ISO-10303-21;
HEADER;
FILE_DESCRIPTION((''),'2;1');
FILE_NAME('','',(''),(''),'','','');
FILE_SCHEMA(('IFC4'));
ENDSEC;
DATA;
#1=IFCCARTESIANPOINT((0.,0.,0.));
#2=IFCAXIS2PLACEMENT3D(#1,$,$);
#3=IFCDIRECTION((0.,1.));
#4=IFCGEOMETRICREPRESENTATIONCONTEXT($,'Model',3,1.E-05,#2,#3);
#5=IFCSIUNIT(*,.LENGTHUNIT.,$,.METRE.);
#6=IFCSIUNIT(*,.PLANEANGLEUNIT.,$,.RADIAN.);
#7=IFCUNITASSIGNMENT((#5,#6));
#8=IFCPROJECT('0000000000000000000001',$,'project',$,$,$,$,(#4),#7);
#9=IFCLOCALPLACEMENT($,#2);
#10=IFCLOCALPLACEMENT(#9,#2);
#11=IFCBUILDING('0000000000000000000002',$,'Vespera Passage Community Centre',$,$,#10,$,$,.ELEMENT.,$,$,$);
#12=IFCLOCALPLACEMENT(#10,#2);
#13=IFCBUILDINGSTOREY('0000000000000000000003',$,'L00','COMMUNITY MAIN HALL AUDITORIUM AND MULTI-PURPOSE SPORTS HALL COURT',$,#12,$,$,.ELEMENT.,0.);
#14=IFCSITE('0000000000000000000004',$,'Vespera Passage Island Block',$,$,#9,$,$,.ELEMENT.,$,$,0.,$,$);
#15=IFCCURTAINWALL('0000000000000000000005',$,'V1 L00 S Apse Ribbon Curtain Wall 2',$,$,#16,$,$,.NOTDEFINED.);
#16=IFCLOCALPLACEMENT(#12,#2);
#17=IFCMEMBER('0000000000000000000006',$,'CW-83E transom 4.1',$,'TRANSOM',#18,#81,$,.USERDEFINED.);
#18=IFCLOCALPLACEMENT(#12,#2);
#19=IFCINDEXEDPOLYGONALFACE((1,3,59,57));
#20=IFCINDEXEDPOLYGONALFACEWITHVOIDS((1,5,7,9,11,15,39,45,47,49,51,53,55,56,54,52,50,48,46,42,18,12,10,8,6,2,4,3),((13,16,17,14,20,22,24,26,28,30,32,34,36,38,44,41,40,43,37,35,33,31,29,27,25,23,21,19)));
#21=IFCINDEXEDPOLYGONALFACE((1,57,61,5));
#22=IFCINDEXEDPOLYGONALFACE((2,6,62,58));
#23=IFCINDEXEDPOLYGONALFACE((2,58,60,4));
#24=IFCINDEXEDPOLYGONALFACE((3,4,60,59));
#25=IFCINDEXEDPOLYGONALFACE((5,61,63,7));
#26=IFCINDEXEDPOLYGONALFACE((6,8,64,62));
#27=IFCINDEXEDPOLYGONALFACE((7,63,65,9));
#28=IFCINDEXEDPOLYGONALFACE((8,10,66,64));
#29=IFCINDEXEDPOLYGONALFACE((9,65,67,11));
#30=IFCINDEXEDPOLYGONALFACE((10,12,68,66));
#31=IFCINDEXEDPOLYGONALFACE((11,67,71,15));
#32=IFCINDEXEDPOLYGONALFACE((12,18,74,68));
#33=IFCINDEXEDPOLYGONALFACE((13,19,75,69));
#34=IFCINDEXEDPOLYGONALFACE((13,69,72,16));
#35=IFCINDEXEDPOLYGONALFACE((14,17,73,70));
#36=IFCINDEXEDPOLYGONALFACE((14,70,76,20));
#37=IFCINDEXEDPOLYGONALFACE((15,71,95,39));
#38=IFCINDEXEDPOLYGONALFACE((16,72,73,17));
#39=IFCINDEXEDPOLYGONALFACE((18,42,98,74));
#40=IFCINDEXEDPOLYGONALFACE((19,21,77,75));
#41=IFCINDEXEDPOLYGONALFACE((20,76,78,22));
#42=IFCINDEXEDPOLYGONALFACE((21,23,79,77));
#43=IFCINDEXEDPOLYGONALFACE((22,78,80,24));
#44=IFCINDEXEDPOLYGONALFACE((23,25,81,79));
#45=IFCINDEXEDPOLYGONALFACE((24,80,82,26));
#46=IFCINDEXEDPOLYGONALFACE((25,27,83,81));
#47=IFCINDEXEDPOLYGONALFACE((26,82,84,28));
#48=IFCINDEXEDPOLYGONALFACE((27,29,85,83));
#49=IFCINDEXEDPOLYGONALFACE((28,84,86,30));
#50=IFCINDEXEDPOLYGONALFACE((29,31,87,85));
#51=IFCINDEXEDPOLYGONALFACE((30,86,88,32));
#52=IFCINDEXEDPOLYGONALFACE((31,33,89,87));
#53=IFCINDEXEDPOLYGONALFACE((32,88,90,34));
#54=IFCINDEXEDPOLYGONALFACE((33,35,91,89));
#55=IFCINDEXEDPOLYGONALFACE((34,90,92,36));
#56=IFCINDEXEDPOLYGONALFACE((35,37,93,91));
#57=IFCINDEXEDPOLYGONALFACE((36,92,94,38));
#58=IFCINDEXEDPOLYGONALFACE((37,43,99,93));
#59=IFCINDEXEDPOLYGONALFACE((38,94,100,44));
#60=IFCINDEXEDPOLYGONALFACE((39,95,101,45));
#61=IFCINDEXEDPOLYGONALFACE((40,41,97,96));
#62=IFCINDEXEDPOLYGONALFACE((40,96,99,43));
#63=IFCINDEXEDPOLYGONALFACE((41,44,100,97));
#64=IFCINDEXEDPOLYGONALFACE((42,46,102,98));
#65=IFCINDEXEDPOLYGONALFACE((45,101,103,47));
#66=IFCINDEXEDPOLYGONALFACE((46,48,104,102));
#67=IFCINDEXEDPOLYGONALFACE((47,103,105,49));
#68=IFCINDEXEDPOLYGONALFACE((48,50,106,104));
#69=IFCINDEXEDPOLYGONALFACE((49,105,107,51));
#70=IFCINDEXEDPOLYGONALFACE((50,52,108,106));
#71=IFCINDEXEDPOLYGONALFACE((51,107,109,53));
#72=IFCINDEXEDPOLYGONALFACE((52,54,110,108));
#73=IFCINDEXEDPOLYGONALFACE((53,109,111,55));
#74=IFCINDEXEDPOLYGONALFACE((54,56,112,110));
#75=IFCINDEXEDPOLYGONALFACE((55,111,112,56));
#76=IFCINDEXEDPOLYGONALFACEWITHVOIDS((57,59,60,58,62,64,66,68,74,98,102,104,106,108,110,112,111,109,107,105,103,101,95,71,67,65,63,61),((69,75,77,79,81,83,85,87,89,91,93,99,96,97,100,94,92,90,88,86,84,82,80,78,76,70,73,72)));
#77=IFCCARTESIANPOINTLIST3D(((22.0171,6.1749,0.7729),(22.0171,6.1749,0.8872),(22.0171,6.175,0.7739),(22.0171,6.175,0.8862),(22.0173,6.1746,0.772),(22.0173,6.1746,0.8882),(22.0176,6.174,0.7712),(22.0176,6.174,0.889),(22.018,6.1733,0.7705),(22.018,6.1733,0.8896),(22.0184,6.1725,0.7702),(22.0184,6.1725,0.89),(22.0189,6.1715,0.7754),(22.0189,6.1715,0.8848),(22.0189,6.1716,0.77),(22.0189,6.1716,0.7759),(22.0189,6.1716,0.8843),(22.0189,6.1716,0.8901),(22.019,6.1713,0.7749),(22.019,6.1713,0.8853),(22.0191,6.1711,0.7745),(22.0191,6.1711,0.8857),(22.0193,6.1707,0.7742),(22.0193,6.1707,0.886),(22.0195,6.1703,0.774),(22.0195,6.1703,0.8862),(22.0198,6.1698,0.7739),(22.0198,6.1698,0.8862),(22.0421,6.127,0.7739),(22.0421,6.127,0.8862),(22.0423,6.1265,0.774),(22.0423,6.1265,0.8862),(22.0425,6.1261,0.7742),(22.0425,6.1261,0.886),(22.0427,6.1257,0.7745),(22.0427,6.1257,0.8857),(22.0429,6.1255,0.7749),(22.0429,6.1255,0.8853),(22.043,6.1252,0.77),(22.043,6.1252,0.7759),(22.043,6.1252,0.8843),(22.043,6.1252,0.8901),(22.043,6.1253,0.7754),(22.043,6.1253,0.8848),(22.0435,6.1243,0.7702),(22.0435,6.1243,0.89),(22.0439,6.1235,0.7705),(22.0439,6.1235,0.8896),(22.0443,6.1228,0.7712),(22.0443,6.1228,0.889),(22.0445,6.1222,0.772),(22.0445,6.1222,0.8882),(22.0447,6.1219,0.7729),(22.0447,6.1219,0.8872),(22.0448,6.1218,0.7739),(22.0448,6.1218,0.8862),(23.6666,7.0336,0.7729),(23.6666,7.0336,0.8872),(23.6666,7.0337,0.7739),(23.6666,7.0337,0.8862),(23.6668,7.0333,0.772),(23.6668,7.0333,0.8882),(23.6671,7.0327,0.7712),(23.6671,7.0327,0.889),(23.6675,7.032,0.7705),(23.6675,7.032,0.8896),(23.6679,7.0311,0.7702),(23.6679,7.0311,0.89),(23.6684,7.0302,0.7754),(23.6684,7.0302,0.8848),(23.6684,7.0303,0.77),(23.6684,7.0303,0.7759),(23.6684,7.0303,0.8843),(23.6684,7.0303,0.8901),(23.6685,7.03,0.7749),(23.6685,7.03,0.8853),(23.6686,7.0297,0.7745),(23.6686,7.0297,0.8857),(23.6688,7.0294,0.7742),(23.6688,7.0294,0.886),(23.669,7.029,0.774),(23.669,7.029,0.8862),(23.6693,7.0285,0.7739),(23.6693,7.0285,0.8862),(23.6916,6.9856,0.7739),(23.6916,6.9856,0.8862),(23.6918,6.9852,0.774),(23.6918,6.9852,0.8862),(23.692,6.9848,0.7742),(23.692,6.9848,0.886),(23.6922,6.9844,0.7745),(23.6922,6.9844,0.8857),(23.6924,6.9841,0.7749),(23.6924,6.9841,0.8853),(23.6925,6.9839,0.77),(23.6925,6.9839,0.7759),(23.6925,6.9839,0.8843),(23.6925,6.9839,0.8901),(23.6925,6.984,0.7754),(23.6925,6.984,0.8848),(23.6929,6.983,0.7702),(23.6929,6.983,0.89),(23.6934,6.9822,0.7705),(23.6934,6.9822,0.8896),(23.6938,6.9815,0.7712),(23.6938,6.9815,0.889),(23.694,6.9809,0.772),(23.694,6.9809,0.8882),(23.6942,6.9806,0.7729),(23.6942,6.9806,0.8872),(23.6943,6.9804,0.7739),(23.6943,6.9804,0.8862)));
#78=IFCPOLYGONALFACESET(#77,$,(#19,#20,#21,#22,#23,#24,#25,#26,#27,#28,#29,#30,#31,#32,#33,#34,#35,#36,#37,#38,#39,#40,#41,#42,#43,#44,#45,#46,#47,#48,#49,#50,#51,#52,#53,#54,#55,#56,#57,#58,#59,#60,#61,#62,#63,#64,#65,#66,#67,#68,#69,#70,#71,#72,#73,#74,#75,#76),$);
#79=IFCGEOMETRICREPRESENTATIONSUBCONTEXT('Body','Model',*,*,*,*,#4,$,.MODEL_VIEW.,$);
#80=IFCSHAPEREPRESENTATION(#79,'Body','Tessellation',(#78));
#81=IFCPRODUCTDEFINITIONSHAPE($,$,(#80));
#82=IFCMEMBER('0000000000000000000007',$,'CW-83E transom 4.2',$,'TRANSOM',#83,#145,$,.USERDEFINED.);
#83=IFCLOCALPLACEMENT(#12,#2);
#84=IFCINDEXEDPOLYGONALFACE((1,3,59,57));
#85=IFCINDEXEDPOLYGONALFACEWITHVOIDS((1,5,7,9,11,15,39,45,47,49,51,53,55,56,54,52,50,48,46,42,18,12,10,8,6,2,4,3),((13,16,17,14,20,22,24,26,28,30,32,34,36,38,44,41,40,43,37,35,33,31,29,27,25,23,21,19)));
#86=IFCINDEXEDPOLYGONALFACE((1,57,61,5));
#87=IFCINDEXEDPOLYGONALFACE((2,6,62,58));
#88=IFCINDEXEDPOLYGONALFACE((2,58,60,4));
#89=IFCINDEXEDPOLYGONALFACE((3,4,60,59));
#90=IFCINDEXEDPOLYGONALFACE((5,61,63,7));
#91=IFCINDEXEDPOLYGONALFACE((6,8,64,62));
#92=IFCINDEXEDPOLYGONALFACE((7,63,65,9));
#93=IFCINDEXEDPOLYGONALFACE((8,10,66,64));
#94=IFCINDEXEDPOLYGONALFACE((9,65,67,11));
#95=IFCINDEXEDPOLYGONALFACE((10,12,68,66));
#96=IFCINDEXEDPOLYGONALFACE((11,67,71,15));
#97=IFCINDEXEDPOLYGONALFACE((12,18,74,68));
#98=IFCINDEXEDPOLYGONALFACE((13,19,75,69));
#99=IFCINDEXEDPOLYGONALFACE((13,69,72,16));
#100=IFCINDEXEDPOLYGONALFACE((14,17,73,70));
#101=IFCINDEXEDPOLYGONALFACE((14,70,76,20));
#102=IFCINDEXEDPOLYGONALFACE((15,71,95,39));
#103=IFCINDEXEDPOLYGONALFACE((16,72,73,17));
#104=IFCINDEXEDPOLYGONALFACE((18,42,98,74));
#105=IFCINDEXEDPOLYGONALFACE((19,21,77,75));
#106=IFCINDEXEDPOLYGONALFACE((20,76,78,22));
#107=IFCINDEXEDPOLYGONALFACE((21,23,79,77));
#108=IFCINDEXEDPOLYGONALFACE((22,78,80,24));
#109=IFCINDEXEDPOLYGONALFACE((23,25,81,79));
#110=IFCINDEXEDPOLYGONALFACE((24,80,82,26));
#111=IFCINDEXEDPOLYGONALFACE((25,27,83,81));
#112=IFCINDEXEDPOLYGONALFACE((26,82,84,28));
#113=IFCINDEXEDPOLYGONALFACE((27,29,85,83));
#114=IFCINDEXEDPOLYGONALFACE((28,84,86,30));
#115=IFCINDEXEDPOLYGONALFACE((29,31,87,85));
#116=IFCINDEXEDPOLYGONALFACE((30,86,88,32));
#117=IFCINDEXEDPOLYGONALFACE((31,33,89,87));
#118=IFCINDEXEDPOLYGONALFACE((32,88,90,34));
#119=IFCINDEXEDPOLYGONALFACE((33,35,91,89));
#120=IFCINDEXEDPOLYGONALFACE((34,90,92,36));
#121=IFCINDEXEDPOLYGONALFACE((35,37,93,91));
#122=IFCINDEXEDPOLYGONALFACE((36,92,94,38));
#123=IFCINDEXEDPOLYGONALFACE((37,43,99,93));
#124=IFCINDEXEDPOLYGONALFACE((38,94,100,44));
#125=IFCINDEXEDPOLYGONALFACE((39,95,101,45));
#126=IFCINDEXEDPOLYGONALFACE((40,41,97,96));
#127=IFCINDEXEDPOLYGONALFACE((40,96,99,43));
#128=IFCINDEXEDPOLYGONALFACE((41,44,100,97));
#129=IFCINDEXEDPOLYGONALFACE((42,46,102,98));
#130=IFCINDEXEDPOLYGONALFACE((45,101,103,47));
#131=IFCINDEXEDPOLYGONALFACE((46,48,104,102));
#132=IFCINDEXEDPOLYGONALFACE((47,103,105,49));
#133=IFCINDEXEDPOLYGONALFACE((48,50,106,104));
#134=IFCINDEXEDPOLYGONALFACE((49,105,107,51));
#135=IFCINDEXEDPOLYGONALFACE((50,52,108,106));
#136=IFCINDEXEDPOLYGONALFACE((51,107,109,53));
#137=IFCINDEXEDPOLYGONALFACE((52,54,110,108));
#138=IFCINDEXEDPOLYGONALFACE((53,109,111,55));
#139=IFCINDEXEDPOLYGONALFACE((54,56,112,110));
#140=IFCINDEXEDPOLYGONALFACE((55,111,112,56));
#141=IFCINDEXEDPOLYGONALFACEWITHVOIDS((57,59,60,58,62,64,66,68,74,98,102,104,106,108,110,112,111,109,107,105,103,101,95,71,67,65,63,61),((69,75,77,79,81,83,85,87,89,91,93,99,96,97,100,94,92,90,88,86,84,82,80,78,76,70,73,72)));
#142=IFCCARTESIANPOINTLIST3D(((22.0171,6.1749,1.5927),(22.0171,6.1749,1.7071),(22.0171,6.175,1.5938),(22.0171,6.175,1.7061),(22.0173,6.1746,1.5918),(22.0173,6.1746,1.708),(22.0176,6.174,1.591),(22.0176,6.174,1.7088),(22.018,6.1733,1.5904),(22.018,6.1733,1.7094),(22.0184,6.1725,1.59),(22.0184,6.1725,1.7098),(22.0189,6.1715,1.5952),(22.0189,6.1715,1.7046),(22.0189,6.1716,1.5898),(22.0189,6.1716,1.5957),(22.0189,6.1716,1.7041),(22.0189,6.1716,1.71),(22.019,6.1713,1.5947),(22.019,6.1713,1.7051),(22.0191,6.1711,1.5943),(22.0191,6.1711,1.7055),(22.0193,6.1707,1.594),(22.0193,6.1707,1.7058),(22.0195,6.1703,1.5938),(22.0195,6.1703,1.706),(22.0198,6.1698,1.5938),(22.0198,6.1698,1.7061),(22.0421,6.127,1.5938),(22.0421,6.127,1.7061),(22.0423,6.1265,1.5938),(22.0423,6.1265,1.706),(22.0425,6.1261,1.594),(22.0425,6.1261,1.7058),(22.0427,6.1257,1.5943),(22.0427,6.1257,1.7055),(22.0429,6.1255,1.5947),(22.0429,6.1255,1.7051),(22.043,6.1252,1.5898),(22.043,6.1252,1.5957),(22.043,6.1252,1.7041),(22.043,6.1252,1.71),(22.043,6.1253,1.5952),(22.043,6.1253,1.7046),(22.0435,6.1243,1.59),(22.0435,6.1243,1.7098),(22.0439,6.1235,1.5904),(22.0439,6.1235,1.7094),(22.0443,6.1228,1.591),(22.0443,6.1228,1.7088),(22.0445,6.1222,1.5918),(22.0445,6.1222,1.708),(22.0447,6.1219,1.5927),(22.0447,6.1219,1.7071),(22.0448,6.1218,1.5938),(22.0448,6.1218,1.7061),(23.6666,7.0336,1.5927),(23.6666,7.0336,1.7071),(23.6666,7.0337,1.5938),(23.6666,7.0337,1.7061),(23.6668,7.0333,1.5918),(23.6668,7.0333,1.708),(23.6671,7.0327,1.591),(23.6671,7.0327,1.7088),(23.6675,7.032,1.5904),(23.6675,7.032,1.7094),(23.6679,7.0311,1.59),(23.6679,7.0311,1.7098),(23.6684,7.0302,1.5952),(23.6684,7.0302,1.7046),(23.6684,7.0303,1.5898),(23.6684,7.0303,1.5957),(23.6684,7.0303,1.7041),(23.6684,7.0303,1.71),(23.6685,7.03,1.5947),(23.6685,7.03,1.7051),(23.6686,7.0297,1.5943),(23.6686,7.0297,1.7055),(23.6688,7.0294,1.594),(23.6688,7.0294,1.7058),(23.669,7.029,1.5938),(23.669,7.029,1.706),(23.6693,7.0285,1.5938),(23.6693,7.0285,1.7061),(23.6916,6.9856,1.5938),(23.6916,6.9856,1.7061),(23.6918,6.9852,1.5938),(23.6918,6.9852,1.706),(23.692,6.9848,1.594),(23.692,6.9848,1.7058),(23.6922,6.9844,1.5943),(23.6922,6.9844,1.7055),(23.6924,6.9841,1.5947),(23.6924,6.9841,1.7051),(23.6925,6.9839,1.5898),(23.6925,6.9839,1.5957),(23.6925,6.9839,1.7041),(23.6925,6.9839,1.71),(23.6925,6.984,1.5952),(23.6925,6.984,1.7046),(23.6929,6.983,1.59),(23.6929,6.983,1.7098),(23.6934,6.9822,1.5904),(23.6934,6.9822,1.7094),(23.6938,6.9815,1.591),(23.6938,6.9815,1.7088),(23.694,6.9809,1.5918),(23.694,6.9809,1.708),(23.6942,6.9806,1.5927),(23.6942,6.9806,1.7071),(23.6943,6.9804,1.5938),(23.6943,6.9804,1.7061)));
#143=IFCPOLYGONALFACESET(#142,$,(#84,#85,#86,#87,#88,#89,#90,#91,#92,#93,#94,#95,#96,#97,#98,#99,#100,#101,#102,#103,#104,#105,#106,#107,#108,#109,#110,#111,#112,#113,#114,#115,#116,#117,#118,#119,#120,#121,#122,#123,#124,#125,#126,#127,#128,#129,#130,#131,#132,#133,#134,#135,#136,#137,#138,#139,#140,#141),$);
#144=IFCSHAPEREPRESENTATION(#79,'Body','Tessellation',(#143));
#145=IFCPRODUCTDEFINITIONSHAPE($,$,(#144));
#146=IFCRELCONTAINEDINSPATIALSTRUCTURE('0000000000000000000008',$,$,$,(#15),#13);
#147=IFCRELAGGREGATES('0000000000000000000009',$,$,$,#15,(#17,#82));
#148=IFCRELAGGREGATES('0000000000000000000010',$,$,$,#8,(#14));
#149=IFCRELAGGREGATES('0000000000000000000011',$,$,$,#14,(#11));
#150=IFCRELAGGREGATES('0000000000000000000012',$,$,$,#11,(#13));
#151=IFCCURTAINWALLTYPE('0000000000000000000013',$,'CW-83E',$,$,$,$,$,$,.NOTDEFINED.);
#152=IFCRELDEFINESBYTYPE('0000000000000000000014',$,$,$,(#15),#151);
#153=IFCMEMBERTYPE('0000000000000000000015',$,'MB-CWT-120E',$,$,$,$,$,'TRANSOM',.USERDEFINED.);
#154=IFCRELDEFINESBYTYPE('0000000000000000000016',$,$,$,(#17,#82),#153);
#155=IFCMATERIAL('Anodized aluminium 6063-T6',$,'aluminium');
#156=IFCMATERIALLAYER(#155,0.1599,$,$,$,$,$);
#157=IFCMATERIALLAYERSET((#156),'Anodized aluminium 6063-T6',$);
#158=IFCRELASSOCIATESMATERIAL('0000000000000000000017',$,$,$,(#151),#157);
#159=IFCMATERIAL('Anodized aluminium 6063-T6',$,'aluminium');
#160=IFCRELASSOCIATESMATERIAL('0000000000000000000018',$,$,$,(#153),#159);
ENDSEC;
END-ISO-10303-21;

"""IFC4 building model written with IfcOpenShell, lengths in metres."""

from ifc_helpers import new_model, si_unit, direction, frame, origin, origin_2d, place, context, subcontext, project, spatial, hollow_rectangle, extrude, material, layer, layer_set, material_profile, profile_set, type_object, element, aggregate, save


model = new_model("IFC4")

# Units and contexts
model_context = context("Model", 3, precision=1e-05, world=origin(), true_north=direction((0.0, 1.0)))
body_context = subcontext(model_context, "Body", "Model", "MODEL_VIEW")
ifc_project = project(units=[si_unit("LENGTHUNIT", "METRE"), si_unit("PLANEANGLEUNIT", "RADIAN")], contexts=[model_context])

# Site, building, storey
site_placement = place(None, origin())
site = spatial("IfcSite", under=ifc_project, at=site_placement, Name="Vespera Passage Island Block", CompositionType="ELEMENT", RefElevation=0.0)
building_placement = place(site_placement, origin())
building = spatial("IfcBuilding", under=site, at=building_placement, Name="Vespera Passage Community Centre", CompositionType="ELEMENT")
storey_placement = place(building_placement, origin())
storey = spatial("IfcBuildingStorey", under=building, at=storey_placement, Name="L00", Description="COMMUNITY MAIN HALL AUDITORIUM AND MULTI-PURPOSE SPORTS HALL COURT", CompositionType="ELEMENT", Elevation=0.0)

# Curtain wall, members
ifc_material_1 = material(Name="Anodized aluminium 6063-T6", Category="aluminium")
ifc_layer_1 = layer(ifc_material_1, 0.1599)
ifc_layer_set_1 = layer_set([ifc_layer_1], Name="Anodized aluminium 6063-T6")
curtain_wall_type = type_object("IfcCurtainWallType", Name="CW-83E", PredefinedType="NOTDEFINED", material=ifc_layer_set_1)
curtain_wall_placement = place(storey_placement, origin())
curtain_wall = element("IfcCurtainWall", 1, at=curtain_wall_placement, inside=storey, type_object=curtain_wall_type, Name="V1 L00 S Apse Ribbon Curtain Wall 2", PredefinedType="NOTDEFINED")
ifc_material_2 = material(Name="Anodized aluminium 6063-T6", Category="aluminium")
ifc_material_profile_1 = material_profile(ifc_material_2, hollow_rectangle(XDim=0.0601, YDim=0.1201, WallThickness=0.0039, InnerFilletRadius=0.002, OuterFilletRadius=0.0039, at=origin_2d()), Name="ALU120X60X4")
ifc_profile_set_1 = profile_set([ifc_material_profile_1], Name="Anodized aluminium 6063-T6")
member_type_1 = type_object("IfcMemberType", Name="MB-CWT-120E", ElementType="TRANSOM", PredefinedType="USERDEFINED", material=ifc_profile_set_1)
member_1_placement = place(storey_placement, frame((23.6804, 7.0071, 0.8301), z_axis=(-0.887008, -0.461754, 0.0), x_axis=(0.461754, -0.887008, 0.0)))
member_1 = element("IfcMember", 2, at=member_1_placement, type_object=member_type_1, Name="CW-83E transom 4.1", ObjectType="TRANSOM", PredefinedType="USERDEFINED", context=body_context, shape_type="SweptSolid", body=[
    extrude(hollow_rectangle(XDim=0.0601, YDim=0.1201, WallThickness=0.0039, InnerFilletRadius=0.002, OuterFilletRadius=0.0039, at=origin_2d()), origin(), (0.0, 0.0, 1.0), 1.8596),
])
member_2_placement = place(storey_placement, frame((23.6804, 7.0071, 1.6499), z_axis=(-0.887008, -0.461754, 0.0), x_axis=(0.461754, -0.887008, 0.0)))
member_2 = element("IfcMember", 3, at=member_2_placement, type_object=member_type_1, Name="CW-83E transom 4.2", ObjectType="TRANSOM", PredefinedType="USERDEFINED", context=body_context, shape_type="SweptSolid", body=[
    extrude(hollow_rectangle(XDim=0.0601, YDim=0.1201, WallThickness=0.0039, InnerFilletRadius=0.002, OuterFilletRadius=0.0039, at=origin_2d()), origin(), (0.0, 0.0, 1.0), 1.8596),
])
aggregate(curtain_wall, [member_1, member_2])

save(model, "model.ifc")
